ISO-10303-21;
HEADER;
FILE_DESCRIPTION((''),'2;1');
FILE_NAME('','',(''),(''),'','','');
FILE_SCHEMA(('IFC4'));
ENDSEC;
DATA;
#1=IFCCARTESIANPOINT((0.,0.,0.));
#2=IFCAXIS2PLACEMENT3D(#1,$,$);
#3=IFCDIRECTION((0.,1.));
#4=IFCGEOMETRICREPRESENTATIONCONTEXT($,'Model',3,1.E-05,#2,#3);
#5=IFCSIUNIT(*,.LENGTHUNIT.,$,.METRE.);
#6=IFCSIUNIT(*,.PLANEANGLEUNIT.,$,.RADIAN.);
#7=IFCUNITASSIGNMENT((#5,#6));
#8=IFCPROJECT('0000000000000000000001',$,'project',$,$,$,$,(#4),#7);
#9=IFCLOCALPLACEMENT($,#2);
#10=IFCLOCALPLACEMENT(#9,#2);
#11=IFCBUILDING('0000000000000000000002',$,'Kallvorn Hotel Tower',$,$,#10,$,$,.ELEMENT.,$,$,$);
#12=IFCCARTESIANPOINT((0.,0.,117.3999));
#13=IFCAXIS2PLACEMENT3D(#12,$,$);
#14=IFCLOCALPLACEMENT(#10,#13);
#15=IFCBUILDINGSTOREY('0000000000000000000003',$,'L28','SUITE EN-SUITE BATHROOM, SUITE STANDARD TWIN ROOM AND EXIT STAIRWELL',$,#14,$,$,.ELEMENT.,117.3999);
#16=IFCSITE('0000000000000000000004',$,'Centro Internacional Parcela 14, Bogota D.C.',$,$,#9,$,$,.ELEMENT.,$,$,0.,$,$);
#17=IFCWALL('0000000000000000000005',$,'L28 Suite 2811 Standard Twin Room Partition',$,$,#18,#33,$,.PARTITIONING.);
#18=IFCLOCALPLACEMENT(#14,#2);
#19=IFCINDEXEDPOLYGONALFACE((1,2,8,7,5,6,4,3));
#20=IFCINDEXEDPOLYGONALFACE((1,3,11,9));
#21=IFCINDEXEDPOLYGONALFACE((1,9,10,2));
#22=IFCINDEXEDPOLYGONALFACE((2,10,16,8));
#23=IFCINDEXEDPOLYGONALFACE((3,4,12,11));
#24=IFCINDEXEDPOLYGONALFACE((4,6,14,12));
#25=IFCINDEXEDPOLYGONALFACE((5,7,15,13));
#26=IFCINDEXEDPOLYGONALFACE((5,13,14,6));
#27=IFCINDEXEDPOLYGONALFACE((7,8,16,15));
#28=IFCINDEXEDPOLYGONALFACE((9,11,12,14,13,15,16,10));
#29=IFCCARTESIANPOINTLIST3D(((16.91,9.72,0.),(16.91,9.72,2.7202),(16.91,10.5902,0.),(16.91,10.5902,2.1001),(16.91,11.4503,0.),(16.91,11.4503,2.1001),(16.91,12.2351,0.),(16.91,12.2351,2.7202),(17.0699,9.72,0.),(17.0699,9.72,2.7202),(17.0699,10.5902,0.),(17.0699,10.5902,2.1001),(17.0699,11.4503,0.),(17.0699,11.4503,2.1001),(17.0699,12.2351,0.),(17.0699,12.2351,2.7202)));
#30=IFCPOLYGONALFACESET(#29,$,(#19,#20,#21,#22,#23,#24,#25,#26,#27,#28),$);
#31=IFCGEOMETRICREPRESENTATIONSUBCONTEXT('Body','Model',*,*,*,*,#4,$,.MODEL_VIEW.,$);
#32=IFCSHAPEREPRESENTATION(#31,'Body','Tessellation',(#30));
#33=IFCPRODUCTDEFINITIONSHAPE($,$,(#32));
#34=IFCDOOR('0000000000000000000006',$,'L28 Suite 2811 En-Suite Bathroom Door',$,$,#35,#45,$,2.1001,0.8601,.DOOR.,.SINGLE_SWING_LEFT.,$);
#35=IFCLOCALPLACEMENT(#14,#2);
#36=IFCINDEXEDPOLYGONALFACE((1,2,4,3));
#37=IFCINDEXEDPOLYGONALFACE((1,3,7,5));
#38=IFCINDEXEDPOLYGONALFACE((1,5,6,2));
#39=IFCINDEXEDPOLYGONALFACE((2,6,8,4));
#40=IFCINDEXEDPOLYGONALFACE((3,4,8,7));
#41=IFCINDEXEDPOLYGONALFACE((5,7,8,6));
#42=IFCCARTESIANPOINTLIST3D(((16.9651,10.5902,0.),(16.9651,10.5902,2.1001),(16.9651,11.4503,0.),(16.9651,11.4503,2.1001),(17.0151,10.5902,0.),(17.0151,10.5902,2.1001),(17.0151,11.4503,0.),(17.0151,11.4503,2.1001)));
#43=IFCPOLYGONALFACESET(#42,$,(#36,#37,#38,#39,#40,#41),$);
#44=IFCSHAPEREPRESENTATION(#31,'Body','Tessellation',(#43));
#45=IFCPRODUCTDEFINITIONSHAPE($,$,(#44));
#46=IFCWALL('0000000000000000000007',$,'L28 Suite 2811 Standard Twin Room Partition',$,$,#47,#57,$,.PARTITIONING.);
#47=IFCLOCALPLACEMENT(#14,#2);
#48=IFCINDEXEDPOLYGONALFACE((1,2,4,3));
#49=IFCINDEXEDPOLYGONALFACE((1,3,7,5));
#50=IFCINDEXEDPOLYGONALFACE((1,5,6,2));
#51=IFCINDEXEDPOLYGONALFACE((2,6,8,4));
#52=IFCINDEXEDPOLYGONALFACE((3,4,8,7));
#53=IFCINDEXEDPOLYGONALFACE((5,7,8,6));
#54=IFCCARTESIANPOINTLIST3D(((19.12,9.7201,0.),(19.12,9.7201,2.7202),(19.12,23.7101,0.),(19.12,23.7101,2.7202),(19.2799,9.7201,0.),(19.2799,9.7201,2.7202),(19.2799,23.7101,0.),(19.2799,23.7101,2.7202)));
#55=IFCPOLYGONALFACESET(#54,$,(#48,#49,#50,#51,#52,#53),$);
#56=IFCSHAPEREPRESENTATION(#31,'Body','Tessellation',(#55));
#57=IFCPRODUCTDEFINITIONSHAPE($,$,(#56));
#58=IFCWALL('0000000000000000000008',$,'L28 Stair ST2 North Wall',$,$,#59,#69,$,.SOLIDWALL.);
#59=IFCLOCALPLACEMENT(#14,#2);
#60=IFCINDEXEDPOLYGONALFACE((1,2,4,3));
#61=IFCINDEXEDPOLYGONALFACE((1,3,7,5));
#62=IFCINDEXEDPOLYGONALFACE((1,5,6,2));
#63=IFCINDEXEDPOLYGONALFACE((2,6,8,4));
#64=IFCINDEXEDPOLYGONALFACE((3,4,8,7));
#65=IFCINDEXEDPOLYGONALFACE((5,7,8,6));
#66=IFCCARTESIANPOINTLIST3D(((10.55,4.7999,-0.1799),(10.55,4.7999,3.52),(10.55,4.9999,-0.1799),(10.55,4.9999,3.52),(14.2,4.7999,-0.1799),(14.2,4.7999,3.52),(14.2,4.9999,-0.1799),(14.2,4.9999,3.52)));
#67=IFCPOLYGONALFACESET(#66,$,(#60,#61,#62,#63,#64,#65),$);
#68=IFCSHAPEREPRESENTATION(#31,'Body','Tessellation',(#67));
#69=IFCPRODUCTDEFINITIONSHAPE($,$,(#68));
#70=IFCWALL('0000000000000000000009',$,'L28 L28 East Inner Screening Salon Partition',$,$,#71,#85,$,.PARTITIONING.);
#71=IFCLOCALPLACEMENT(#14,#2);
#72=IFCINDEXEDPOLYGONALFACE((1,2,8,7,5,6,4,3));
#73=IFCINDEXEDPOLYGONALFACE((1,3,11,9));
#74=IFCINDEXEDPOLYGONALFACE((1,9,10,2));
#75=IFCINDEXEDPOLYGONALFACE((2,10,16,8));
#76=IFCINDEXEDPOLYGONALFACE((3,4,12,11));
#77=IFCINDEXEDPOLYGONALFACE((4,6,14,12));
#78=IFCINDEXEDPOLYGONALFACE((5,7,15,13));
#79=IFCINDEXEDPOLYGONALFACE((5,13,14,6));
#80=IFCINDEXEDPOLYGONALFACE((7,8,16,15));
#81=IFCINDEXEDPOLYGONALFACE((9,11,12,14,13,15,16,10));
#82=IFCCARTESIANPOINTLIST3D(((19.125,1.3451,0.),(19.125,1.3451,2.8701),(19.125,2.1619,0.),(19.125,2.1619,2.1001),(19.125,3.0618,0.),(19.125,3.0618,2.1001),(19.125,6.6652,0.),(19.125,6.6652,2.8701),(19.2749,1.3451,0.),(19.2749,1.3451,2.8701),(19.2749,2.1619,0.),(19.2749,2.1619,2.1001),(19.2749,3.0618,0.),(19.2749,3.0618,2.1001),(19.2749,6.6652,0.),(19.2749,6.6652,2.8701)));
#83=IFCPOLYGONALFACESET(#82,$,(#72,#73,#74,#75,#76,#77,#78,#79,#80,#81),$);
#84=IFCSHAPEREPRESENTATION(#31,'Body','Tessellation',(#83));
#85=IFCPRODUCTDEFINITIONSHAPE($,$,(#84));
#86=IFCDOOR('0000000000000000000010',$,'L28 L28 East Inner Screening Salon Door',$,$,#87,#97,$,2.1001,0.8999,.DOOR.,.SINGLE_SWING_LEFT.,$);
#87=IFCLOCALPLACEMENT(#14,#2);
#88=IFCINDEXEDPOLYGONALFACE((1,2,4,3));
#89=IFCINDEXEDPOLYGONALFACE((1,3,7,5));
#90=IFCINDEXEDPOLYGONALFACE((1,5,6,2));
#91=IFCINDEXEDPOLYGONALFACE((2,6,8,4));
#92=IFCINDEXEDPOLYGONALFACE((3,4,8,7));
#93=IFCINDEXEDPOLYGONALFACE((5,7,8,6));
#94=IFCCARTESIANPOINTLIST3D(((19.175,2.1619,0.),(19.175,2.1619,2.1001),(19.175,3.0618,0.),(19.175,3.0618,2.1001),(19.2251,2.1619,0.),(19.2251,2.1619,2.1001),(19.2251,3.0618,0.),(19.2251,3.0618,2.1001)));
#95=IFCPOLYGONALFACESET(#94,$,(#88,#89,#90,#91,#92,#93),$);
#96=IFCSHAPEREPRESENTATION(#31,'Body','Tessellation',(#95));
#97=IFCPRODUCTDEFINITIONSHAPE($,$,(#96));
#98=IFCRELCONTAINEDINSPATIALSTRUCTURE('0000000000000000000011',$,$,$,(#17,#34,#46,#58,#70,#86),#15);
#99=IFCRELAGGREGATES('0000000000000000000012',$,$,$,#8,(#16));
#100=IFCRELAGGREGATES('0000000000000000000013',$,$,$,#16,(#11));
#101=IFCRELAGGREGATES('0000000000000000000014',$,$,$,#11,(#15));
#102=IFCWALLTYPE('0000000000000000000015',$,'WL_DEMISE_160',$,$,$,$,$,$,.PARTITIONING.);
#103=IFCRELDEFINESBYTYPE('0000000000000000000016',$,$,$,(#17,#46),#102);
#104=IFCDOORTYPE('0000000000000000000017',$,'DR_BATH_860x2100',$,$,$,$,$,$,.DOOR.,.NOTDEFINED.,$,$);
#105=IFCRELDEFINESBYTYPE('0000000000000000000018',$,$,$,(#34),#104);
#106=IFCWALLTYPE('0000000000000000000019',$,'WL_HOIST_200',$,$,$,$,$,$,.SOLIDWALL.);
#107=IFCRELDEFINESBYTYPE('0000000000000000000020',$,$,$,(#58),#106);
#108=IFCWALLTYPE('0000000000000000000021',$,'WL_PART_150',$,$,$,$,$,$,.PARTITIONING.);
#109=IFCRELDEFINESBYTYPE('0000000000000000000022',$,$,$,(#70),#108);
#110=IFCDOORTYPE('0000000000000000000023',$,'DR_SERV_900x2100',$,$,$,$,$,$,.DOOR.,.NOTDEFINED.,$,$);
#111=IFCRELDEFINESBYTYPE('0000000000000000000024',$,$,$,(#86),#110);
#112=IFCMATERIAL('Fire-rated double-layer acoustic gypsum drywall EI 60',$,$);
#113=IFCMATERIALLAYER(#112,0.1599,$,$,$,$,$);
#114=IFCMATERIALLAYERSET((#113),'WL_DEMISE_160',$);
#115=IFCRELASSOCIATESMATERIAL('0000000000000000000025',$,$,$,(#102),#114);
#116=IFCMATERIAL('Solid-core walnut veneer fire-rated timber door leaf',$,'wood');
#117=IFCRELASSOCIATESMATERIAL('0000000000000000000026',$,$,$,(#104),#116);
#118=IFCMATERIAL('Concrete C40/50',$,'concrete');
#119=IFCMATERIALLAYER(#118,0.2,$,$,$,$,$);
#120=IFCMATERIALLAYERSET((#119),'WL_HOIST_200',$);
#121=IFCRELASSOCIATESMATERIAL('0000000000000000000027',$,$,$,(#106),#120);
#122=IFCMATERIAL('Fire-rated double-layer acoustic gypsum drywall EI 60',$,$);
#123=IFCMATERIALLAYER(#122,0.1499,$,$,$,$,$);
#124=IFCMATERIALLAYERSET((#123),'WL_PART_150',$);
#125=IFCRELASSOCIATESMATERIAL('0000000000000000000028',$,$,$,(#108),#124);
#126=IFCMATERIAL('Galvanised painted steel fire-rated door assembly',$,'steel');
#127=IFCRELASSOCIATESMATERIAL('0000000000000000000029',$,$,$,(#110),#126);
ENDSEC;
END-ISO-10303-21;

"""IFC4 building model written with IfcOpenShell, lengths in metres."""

from ifc_helpers import new_model, si_unit, direction, frame, frame_2d, origin, place, context, subcontext, project, spatial, rectangle, extrude, material, layer, layer_set, type_object, element, fill, save


model = new_model("IFC4")

# Units and contexts
model_context = context("Model", 3, precision=1e-05, world=origin(), true_north=direction((0.0, 1.0)))
body_context = subcontext(model_context, "Body", "Model", "MODEL_VIEW")
ifc_project = project(units=[si_unit("LENGTHUNIT", "METRE"), si_unit("PLANEANGLEUNIT", "RADIAN")], contexts=[model_context])

# Site, building, storey
site_placement = place(None, origin())
site = spatial("IfcSite", under=ifc_project, at=site_placement, Name="Centro Internacional Parcela 14, Bogota D.C.", CompositionType="ELEMENT", RefElevation=0.0)
building_placement = place(site_placement, origin())
building = spatial("IfcBuilding", under=site, at=building_placement, Name="Kallvorn Hotel Tower", CompositionType="ELEMENT")
storey_placement = place(building_placement, frame((0.0, 0.0, 117.3999)))
storey = spatial("IfcBuildingStorey", under=building, at=storey_placement, Name="L28", Description="SUITE EN-SUITE BATHROOM, SUITE STANDARD TWIN ROOM AND EXIT STAIRWELL", CompositionType="ELEMENT", Elevation=117.3999)

# Shared definitions
ifc_material_1 = material(Name="Fire-rated double-layer acoustic gypsum drywall EI 60")
ifc_layer_1 = layer(ifc_material_1, 0.1599)
ifc_layer_set_1 = layer_set([ifc_layer_1], Name="WL_DEMISE_160")
wall_type_1 = type_object("IfcWallType", Name="WL_DEMISE_160", PredefinedType="PARTITIONING", material=ifc_layer_set_1)
ifc_material_2 = material(Name="Solid-core walnut veneer fire-rated timber door leaf", Category="wood")
door_type_1 = type_object("IfcDoorType", Name="DR_BATH_860x2100", OperationType="NOTDEFINED", PredefinedType="DOOR", material=ifc_material_2)

# Wall, opening, door
wall_1_placement = place(storey_placement, frame((16.99, 9.72, 0.0), z_axis=(0.0, 0.0, 1.0), x_axis=(0.0, 1.0, 0.0)))
wall_1 = element("IfcWall", 1, at=wall_1_placement, inside=storey, type_object=wall_type_1, Name="L28 Suite 2811 Standard Twin Room Partition", PredefinedType="PARTITIONING", context=body_context, shape_type="SweptSolid", body=[
    extrude(rectangle(XDim=2.5151, YDim=0.1599, at=frame_2d((1.2576, 0.0))), origin(), (0.0, 0.0, 1.0), 2.7202),
])
opening_1_placement = place(wall_1_placement, frame((0.8701, 0.0, 0.0)))
opening_1 = element("IfcOpeningElement", 2, at=opening_1_placement, cuts=wall_1, PredefinedType="OPENING", context=body_context, shape_type="SweptSolid", body=[
    extrude(rectangle(XDim=0.8601, YDim=2.1001, at=frame_2d((0.4302, 1.05))), frame((0.0, 0.095, 0.0), z_axis=(0.0, -1.0, 0.0), x_axis=(1.0, 0.0, 0.0)), (0.0, 0.0, 1.0), 0.1899),
])
door_1_placement = place(opening_1_placement, origin())
door_1 = element("IfcDoor", 3, at=door_1_placement, inside=storey, type_object=door_type_1, Name="L28 Suite 2811 En-Suite Bathroom Door", OperationType="SINGLE_SWING_LEFT", OverallHeight=2.1001, OverallWidth=0.8601, PredefinedType="DOOR", context=body_context, shape_type="SweptSolid", body=[
    extrude(rectangle(XDim=0.8601, YDim=2.1001, at=frame_2d((0.4302, 1.05))), frame((0.0, 0.0249, 0.0), z_axis=(0.0, -1.0, 0.0), x_axis=(1.0, 0.0, 0.0)), (0.0, 0.0, 1.0), 0.05),
])
fill(opening_1, door_1)

# Walls
wall_2_placement = place(storey_placement, frame((19.2, 9.72, 0.0), z_axis=(0.0, 0.0, 1.0), x_axis=(0.0, 1.0, 0.0)))
element("IfcWall", 4, at=wall_2_placement, inside=storey, type_object=wall_type_1, Name="L28 Suite 2811 Standard Twin Room Partition", PredefinedType="PARTITIONING", context=body_context, shape_type="SweptSolid", body=[
    extrude(rectangle(XDim=13.99, YDim=0.1599, at=frame_2d((6.9951, 0.0))), origin(), (0.0, 0.0, 1.0), 2.7202),
])
ifc_material_3 = material(Name="Concrete C40/50", Category="concrete")
ifc_layer_2 = layer(ifc_material_3, 0.2)
ifc_layer_set_2 = layer_set([ifc_layer_2], Name="WL_HOIST_200")
wall_type_2 = type_object("IfcWallType", Name="WL_HOIST_200", PredefinedType="SOLIDWALL", material=ifc_layer_set_2)
wall_3_placement = place(storey_placement, frame((10.55, 4.8999, -0.1799), z_axis=(0.0, 0.0, 1.0), x_axis=(1.0, 0.0, 0.0)))
element("IfcWall", 5, at=wall_3_placement, inside=storey, type_object=wall_type_2, Name="L28 Stair ST2 North Wall", PredefinedType="SOLIDWALL", context=body_context, shape_type="SweptSolid", body=[
    extrude(rectangle(XDim=3.6499, YDim=0.2, at=frame_2d((1.825, 0.0))), origin(), (0.0, 0.0, 1.0), 3.7),
])

# Wall, opening, door
ifc_material_4 = material(Name="Fire-rated double-layer acoustic gypsum drywall EI 60")
ifc_layer_3 = layer(ifc_material_4, 0.1499)
ifc_layer_set_3 = layer_set([ifc_layer_3], Name="WL_PART_150")
wall_type_3 = type_object("IfcWallType", Name="WL_PART_150", PredefinedType="PARTITIONING", material=ifc_layer_set_3)
wall_4_placement = place(storey_placement, frame((19.2, 1.345, 0.0), z_axis=(0.0, 0.0, 1.0), x_axis=(0.0, 1.0, 0.0)))
wall_4 = element("IfcWall", 6, at=wall_4_placement, inside=storey, type_object=wall_type_3, Name="L28 L28 East Inner Screening Salon Partition", PredefinedType="PARTITIONING", context=body_context, shape_type="SweptSolid", body=[
    extrude(rectangle(XDim=5.3201, YDim=0.1499, at=frame_2d((2.6602, 0.0))), origin(), (0.0, 0.0, 1.0), 2.8701),
])
opening_2_placement = place(wall_4_placement, frame((0.8169, 0.0, 0.0)))
opening_2 = element("IfcOpeningElement", 7, at=opening_2_placement, cuts=wall_4, PredefinedType="OPENING", context=body_context, shape_type="SweptSolid", body=[
    extrude(rectangle(XDim=0.8999, YDim=2.1001, at=frame_2d((0.45, 1.05))), frame((0.0, 0.0898, 0.0), z_axis=(0.0, -1.0, 0.0), x_axis=(1.0, 0.0, 0.0)), (0.0, 0.0, 1.0), 0.1799),
])
ifc_material_5 = material(Name="Galvanised painted steel fire-rated door assembly", Category="steel")
door_type_2 = type_object("IfcDoorType", Name="DR_SERV_900x2100", OperationType="NOTDEFINED", PredefinedType="DOOR", material=ifc_material_5)
door_2_placement = place(opening_2_placement, origin())
door_2 = element("IfcDoor", 8, at=door_2_placement, inside=storey, type_object=door_type_2, Name="L28 L28 East Inner Screening Salon Door", OperationType="SINGLE_SWING_LEFT", OverallHeight=2.1001, OverallWidth=0.8999, PredefinedType="DOOR", context=body_context, shape_type="SweptSolid", body=[
    extrude(rectangle(XDim=0.8999, YDim=2.1001, at=frame_2d((0.45, 1.05))), frame((0.0, 0.0249, 0.0), z_axis=(0.0, -1.0, 0.0), x_axis=(1.0, 0.0, 0.0)), (0.0, 0.0, 1.0), 0.05),
])
fill(opening_2, door_2)

save(model, "model.ifc")
